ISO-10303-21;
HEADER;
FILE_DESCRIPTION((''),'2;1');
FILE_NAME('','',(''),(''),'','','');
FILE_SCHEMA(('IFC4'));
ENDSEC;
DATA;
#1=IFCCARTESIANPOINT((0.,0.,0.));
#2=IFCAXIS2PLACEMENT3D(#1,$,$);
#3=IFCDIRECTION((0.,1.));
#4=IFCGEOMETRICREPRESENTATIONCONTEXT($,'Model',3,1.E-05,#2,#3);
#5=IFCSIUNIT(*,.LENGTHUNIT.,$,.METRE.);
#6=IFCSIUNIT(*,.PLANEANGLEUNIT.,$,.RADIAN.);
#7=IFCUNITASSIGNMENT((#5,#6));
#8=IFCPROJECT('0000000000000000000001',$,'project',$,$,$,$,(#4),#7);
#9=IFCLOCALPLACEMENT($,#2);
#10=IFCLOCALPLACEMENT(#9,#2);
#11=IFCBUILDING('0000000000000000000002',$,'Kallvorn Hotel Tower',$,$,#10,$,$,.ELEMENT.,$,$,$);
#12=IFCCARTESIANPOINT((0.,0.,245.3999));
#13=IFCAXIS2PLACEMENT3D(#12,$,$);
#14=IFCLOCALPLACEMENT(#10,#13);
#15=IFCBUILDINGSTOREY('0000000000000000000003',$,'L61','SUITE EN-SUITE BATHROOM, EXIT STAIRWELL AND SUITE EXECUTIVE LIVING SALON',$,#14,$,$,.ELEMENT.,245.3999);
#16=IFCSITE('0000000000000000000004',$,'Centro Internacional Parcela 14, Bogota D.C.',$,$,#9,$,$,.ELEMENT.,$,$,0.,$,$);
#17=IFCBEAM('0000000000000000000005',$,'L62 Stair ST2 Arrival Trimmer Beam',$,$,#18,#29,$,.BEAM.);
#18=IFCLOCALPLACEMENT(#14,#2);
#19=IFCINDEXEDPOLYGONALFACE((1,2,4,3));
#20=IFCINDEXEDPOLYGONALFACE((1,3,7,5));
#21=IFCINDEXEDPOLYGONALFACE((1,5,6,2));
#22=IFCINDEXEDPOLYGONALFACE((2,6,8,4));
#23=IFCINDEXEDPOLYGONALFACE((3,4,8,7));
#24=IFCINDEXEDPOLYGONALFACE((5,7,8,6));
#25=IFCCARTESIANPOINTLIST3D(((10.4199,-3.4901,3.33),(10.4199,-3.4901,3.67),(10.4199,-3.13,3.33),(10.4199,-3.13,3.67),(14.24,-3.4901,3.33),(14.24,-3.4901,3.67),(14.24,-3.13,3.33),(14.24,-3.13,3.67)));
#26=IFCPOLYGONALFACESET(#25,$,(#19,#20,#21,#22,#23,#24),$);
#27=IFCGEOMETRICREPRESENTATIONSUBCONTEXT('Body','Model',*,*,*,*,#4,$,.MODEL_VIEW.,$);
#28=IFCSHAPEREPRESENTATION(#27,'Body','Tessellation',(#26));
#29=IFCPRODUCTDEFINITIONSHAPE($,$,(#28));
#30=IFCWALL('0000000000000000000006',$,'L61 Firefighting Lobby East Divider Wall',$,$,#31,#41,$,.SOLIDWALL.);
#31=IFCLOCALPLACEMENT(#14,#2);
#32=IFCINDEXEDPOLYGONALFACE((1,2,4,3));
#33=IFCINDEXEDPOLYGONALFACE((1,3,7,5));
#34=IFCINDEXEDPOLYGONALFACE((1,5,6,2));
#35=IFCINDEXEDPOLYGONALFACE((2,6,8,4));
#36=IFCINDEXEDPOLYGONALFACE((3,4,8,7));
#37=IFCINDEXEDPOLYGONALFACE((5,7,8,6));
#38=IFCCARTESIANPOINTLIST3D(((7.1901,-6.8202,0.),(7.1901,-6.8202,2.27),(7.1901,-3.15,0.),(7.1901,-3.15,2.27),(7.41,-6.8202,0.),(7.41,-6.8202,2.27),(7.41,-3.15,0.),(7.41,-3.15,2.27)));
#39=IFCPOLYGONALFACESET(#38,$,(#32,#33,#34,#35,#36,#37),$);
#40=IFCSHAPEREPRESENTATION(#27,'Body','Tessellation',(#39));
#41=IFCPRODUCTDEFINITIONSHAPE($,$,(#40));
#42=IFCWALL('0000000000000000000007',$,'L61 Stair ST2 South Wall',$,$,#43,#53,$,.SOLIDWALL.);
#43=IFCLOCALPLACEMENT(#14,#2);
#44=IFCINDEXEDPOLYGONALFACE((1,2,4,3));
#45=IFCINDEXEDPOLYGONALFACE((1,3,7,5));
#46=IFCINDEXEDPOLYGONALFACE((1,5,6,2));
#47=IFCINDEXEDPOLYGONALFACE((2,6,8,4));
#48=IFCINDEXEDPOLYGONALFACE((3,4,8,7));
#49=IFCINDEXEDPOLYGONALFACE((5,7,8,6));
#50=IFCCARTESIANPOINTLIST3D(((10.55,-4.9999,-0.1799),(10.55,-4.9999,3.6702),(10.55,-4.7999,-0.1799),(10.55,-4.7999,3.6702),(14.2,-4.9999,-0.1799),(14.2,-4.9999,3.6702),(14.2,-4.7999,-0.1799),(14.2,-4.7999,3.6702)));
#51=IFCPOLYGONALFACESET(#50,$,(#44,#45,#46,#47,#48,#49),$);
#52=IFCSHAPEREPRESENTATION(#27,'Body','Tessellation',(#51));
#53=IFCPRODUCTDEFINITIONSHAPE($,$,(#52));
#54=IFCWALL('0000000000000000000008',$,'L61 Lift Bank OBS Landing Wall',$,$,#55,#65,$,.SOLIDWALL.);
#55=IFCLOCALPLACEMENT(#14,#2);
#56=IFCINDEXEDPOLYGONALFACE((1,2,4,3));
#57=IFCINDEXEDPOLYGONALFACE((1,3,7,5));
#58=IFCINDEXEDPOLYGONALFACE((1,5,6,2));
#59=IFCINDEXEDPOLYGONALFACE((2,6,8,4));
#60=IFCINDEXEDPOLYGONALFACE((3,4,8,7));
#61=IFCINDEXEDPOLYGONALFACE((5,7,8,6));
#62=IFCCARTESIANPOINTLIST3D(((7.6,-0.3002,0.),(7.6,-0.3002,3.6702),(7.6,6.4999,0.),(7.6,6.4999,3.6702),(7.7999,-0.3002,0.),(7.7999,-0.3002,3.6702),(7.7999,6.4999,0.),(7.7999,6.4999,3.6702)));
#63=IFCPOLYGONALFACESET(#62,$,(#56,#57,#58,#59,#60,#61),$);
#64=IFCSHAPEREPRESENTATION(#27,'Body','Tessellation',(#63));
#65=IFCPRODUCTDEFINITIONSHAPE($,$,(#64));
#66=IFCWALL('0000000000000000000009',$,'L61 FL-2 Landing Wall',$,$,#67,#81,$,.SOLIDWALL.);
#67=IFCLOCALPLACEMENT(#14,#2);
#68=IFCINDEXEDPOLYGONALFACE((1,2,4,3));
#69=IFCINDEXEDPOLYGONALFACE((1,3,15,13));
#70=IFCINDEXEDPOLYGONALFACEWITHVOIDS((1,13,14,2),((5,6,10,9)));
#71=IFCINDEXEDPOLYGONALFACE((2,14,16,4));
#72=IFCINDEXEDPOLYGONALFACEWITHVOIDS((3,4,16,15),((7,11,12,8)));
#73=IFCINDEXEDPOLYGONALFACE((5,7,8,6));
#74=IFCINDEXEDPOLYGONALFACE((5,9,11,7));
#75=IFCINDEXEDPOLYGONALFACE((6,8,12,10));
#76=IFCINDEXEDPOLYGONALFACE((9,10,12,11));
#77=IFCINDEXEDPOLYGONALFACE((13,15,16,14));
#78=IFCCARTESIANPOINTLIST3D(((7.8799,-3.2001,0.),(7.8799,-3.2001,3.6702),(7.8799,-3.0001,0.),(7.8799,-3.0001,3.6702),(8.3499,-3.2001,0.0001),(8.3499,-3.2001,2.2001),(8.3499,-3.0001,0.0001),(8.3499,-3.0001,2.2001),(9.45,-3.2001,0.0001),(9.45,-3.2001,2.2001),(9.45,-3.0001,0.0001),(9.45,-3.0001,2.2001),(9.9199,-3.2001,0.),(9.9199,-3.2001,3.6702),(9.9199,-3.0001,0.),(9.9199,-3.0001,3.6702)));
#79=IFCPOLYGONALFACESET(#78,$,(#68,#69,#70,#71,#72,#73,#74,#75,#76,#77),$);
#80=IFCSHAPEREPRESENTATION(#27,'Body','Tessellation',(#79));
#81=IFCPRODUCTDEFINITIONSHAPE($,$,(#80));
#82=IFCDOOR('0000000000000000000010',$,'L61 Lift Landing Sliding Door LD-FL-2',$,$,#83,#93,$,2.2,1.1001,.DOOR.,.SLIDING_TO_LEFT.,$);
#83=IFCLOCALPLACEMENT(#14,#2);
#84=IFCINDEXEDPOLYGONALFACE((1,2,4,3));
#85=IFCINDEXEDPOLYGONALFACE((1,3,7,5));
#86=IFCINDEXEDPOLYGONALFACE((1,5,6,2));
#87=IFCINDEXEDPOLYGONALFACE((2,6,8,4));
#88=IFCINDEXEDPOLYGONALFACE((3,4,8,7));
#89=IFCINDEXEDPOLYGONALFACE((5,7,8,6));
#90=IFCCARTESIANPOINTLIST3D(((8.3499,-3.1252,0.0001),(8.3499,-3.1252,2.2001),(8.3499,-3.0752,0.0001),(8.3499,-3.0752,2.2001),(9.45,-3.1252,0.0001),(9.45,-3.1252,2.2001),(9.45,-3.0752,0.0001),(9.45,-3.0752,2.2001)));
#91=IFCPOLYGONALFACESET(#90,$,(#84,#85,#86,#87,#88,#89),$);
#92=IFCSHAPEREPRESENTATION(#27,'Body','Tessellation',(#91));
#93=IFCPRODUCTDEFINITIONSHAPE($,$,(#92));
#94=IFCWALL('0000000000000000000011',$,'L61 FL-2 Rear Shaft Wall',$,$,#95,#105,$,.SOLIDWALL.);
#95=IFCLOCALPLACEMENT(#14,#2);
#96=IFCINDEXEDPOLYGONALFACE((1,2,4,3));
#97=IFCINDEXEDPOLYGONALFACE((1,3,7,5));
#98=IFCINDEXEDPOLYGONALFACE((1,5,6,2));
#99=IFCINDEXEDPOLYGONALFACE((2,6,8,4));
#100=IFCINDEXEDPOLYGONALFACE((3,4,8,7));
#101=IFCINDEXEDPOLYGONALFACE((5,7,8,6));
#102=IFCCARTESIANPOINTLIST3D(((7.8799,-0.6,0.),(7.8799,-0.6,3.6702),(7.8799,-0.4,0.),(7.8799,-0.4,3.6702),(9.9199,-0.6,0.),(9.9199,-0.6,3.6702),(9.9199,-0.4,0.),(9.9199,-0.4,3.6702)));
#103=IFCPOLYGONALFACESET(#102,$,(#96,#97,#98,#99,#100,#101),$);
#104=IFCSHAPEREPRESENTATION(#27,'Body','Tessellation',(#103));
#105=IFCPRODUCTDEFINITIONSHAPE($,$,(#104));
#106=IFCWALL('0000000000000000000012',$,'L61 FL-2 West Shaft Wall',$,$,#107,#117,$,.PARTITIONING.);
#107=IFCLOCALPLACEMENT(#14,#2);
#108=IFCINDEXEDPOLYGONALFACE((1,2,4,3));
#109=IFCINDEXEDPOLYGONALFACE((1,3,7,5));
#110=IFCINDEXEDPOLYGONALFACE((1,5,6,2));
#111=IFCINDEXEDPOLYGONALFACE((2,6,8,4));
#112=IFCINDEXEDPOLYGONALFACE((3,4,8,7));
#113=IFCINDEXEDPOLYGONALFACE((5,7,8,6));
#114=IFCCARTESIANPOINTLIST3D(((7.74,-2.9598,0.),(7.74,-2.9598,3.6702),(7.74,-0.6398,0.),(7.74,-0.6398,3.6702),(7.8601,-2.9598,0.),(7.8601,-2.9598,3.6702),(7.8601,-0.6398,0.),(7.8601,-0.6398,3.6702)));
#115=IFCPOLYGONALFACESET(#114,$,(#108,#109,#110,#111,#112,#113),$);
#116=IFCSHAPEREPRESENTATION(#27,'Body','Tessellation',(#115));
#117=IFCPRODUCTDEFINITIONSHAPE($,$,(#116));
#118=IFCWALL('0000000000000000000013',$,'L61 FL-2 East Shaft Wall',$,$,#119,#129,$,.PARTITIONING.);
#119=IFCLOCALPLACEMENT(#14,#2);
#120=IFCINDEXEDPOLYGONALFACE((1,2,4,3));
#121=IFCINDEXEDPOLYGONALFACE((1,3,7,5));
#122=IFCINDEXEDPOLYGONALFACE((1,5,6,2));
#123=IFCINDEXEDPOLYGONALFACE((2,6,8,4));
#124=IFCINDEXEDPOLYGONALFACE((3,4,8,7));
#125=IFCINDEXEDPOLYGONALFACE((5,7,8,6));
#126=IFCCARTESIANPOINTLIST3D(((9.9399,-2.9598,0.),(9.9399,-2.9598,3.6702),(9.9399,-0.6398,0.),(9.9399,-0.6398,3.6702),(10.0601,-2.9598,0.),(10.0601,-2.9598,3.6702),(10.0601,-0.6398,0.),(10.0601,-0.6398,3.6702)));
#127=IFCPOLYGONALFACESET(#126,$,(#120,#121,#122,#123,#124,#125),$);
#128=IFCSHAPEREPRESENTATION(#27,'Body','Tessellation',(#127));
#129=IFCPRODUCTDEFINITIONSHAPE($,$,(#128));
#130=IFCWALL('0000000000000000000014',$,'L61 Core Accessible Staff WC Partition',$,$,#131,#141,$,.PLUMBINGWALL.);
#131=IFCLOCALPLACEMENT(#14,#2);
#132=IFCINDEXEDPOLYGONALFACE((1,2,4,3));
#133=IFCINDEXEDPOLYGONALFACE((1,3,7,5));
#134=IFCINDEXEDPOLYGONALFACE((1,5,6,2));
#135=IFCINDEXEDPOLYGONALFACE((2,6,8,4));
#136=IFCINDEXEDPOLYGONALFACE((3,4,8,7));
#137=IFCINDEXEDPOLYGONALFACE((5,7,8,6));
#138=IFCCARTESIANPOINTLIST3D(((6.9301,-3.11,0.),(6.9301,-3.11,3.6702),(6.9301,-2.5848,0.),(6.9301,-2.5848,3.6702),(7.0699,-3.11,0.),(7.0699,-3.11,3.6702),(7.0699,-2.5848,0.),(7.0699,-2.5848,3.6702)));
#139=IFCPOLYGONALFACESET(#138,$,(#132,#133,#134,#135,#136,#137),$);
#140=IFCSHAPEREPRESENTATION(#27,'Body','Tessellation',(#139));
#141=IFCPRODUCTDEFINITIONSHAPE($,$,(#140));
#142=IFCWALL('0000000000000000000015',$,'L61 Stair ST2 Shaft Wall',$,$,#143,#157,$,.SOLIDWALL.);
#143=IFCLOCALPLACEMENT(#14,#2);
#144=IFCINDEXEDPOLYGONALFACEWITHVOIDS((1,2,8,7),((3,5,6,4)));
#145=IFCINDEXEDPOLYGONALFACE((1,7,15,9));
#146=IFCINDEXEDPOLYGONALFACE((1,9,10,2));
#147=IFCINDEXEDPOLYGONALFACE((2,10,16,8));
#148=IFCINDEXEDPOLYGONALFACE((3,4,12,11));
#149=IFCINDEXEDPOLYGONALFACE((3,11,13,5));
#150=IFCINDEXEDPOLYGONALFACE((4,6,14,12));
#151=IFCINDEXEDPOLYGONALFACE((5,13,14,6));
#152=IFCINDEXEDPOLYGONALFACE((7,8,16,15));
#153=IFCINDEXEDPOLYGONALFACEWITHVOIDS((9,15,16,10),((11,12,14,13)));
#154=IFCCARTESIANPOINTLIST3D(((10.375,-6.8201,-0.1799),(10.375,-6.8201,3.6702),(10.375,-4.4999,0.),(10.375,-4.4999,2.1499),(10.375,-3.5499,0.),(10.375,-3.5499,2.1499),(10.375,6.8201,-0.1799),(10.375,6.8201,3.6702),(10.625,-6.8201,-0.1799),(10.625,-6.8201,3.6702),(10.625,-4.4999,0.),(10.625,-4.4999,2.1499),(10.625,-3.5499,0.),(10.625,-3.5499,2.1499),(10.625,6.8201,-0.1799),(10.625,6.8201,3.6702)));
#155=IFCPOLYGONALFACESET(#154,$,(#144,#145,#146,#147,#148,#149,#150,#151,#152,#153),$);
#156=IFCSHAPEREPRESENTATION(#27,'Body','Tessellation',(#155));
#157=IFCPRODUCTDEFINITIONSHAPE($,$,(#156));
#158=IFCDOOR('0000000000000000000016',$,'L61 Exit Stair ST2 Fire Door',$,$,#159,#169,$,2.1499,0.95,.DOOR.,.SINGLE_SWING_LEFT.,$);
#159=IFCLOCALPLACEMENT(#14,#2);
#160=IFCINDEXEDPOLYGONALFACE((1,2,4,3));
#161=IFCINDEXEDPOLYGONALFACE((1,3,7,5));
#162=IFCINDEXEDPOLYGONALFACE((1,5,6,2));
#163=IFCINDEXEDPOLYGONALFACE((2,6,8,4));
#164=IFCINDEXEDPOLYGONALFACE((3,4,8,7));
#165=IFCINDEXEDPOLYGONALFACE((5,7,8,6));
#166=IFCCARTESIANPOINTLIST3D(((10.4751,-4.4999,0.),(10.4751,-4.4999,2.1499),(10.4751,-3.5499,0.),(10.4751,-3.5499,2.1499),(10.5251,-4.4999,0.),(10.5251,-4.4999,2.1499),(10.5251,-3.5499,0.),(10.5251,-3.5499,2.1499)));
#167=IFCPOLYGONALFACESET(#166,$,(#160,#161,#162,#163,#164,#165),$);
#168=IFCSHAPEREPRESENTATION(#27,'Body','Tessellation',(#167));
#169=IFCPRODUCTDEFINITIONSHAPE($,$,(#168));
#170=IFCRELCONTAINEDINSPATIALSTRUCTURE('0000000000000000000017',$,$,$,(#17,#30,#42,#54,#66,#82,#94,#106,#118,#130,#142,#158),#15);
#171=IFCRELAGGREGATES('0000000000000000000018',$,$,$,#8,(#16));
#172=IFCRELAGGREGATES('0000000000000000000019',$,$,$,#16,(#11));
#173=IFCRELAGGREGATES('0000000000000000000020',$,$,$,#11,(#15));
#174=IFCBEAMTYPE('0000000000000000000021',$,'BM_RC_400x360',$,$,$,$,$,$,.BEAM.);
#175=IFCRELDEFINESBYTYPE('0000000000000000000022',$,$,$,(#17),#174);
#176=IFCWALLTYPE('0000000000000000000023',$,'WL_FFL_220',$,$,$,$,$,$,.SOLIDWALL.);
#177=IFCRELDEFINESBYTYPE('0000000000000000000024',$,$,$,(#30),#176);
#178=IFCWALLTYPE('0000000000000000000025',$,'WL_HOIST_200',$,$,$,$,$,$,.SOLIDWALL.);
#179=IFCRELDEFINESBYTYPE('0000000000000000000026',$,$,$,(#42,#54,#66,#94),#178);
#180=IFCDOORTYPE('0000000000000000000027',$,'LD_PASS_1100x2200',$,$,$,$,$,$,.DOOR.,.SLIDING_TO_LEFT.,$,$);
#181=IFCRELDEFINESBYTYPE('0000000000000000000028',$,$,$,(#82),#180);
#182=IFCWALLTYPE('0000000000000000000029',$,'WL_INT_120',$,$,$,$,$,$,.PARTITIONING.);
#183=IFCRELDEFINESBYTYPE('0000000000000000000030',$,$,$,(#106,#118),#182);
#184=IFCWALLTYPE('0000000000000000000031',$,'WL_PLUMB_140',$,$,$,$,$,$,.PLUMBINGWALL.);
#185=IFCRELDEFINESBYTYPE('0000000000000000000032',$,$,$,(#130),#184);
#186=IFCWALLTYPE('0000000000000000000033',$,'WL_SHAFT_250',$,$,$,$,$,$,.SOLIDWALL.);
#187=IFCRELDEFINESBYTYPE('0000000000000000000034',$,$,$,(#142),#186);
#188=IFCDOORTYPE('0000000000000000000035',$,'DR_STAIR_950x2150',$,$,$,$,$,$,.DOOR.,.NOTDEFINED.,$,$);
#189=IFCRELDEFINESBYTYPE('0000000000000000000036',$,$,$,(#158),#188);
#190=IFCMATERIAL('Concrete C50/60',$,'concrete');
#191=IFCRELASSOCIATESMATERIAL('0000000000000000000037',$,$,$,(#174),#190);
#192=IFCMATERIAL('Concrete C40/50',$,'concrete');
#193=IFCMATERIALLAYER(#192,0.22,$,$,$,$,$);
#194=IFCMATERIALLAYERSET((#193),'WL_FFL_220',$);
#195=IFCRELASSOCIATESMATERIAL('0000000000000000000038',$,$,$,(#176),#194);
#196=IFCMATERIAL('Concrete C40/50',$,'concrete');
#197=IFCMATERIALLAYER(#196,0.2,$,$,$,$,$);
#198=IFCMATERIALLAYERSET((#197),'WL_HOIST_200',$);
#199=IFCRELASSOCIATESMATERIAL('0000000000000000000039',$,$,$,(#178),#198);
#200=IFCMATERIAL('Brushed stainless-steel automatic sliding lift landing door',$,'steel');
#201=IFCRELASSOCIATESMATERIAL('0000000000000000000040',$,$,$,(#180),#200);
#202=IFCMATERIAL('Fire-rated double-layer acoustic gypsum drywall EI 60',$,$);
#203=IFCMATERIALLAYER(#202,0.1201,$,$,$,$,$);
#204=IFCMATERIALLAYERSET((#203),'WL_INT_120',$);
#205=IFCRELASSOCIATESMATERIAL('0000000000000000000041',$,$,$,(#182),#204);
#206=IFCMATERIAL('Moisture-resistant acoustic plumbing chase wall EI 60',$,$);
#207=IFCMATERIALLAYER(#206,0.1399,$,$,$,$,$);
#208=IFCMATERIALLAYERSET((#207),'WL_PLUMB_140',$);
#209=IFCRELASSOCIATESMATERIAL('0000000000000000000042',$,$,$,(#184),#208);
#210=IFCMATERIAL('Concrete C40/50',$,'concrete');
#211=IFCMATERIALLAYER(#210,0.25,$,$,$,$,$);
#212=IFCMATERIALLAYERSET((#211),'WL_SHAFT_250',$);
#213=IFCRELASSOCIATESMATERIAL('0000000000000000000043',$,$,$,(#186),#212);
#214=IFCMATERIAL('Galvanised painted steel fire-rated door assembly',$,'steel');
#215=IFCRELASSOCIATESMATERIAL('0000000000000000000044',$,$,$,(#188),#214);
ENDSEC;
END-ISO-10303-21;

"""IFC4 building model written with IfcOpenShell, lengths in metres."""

from ifc_helpers import new_model, si_unit, direction, frame, frame_2d, origin, origin_2d, place, context, subcontext, project, spatial, rectangle, extrude, material, layer, layer_set, material_profile, profile_set, type_object, element, fill, save


model = new_model("IFC4")

# Units and contexts
model_context = context("Model", 3, precision=1e-05, world=origin(), true_north=direction((0.0, 1.0)))
body_context = subcontext(model_context, "Body", "Model", "MODEL_VIEW")
ifc_project = project(units=[si_unit("LENGTHUNIT", "METRE"), si_unit("PLANEANGLEUNIT", "RADIAN")], contexts=[model_context])

# Site, building, storey
site_placement = place(None, origin())
site = spatial("IfcSite", under=ifc_project, at=site_placement, Name="Centro Internacional Parcela 14, Bogota D.C.", CompositionType="ELEMENT", RefElevation=0.0)
building_placement = place(site_placement, origin())
building = spatial("IfcBuilding", under=site, at=building_placement, Name="Kallvorn Hotel Tower", CompositionType="ELEMENT")
storey_placement = place(building_placement, frame((0.0, 0.0, 245.3999)))
storey = spatial("IfcBuildingStorey", under=building, at=storey_placement, Name="L61", Description="SUITE EN-SUITE BATHROOM, EXIT STAIRWELL AND SUITE EXECUTIVE LIVING SALON", CompositionType="ELEMENT", Elevation=245.3999)

# Beam
ifc_material_1 = material(Name="Concrete C50/60", Category="concrete")
ifc_material_profile = material_profile(ifc_material_1, rectangle(XDim=0.3601, YDim=0.3401, at=origin_2d()), Name="RC 360x340")
ifc_profile_set = profile_set([ifc_material_profile], Name="Concrete C50/60")
beam_type = type_object("IfcBeamType", Name="BM_RC_400x360", PredefinedType="BEAM", material=ifc_profile_set)
beam_placement = place(storey_placement, frame((14.24, -3.3101, 3.5), z_axis=(-1.0, 0.0, 0.0), x_axis=(0.0, -1.0, 0.0)))
element("IfcBeam", 1, at=beam_placement, inside=storey, type_object=beam_type, Name="L62 Stair ST2 Arrival Trimmer Beam", PredefinedType="BEAM", context=body_context, shape_type="SweptSolid", body=[
    extrude(rectangle(XDim=0.3601, YDim=0.3401, at=origin_2d()), origin(), (0.0, 0.0, 1.0), 3.8201),
])

# Walls
ifc_material_2 = material(Name="Concrete C40/50", Category="concrete")
ifc_layer_1 = layer(ifc_material_2, 0.22)
ifc_layer_set_1 = layer_set([ifc_layer_1], Name="WL_FFL_220")
wall_type_1 = type_object("IfcWallType", Name="WL_FFL_220", PredefinedType="SOLIDWALL", material=ifc_layer_set_1)
wall_1_placement = place(storey_placement, frame((7.3, -6.8201, 0.0), z_axis=(0.0, 0.0, 1.0), x_axis=(0.0, 1.0, 0.0)))
element("IfcWall", 2, at=wall_1_placement, inside=storey, type_object=wall_type_1, Name="L61 Firefighting Lobby East Divider Wall", PredefinedType="SOLIDWALL", context=body_context, shape_type="SweptSolid", body=[
    extrude(rectangle(XDim=3.6702, YDim=0.22, at=frame_2d((1.835, 0.0))), origin(), (0.0, 0.0, 1.0), 2.27),
])
ifc_material_3 = material(Name="Concrete C40/50", Category="concrete")
ifc_layer_2 = layer(ifc_material_3, 0.2)
ifc_layer_set_2 = layer_set([ifc_layer_2], Name="WL_HOIST_200")
wall_type_2 = type_object("IfcWallType", Name="WL_HOIST_200", PredefinedType="SOLIDWALL", material=ifc_layer_set_2)
wall_2_placement = place(storey_placement, frame((10.55, -4.8999, -0.1799), z_axis=(0.0, 0.0, 1.0), x_axis=(1.0, 0.0, 0.0)))
element("IfcWall", 3, at=wall_2_placement, inside=storey, type_object=wall_type_2, Name="L61 Stair ST2 South Wall", PredefinedType="SOLIDWALL", context=body_context, shape_type="SweptSolid", body=[
    extrude(rectangle(XDim=3.6499, YDim=0.2, at=frame_2d((1.825, 0.0))), origin(), (0.0, 0.0, 1.0), 3.8501),
])
wall_3_placement = place(storey_placement, frame((7.7, -0.3, 0.0), z_axis=(0.0, 0.0, 1.0), x_axis=(0.0, 1.0, 0.0)))
element("IfcWall", 4, at=wall_3_placement, inside=storey, type_object=wall_type_2, Name="L61 Lift Bank OBS Landing Wall", PredefinedType="SOLIDWALL", context=body_context, shape_type="SweptSolid", body=[
    extrude(rectangle(XDim=6.8, YDim=0.2, at=frame_2d((3.3999, 0.0))), origin(), (0.0, 0.0, 1.0), 3.6702),
])

# Wall, opening, door
wall_4_placement = place(storey_placement, frame((7.8799, -3.1001, 0.0), z_axis=(0.0, 0.0, 1.0), x_axis=(1.0, 0.0, 0.0)))
wall_4 = element("IfcWall", 5, at=wall_4_placement, inside=storey, type_object=wall_type_2, Name="L61 FL-2 Landing Wall", PredefinedType="SOLIDWALL", context=body_context, shape_type="SweptSolid", body=[
    extrude(rectangle(XDim=2.04, YDim=0.2, at=frame_2d((1.02, 0.0))), origin(), (0.0, 0.0, 1.0), 3.6702),
])
opening_1_placement = place(wall_4_placement, frame((0.47, 0.0, 0.0)))
opening_1 = element("IfcOpeningElement", 6, at=opening_1_placement, cuts=wall_4, PredefinedType="OPENING", context=body_context, shape_type="SweptSolid", body=[
    extrude(rectangle(XDim=1.1001, YDim=2.2, at=frame_2d((0.55, 1.1001))), frame((0.0, 0.115, 0.0), z_axis=(0.0, -1.0, 0.0), x_axis=(1.0, 0.0, 0.0)), (0.0, 0.0, 1.0), 0.23),
])
ifc_material_4 = material(Name="Brushed stainless-steel automatic sliding lift landing door", Category="steel")
door_type_1 = type_object("IfcDoorType", Name="LD_PASS_1100x2200", OperationType="SLIDING_TO_LEFT", PredefinedType="DOOR", material=ifc_material_4)
door_1_placement = place(opening_1_placement, origin())
door_1 = element("IfcDoor", 7, at=door_1_placement, inside=storey, type_object=door_type_1, Name="L61 Lift Landing Sliding Door LD-FL-2", OperationType="SLIDING_TO_LEFT", OverallHeight=2.2, OverallWidth=1.1001, PredefinedType="DOOR", context=body_context, shape_type="SweptSolid", body=[
    extrude(rectangle(XDim=1.1001, YDim=2.2, at=frame_2d((0.55, 1.1001))), frame((0.0, 0.0249, 0.0), z_axis=(0.0, -1.0, 0.0), x_axis=(1.0, 0.0, 0.0)), (0.0, 0.0, 1.0), 0.05),
])
fill(opening_1, door_1)

# Walls
wall_5_placement = place(storey_placement, frame((7.8799, -0.5, 0.0), z_axis=(0.0, 0.0, 1.0), x_axis=(1.0, 0.0, 0.0)))
element("IfcWall", 8, at=wall_5_placement, inside=storey, type_object=wall_type_2, Name="L61 FL-2 Rear Shaft Wall", PredefinedType="SOLIDWALL", context=body_context, shape_type="SweptSolid", body=[
    extrude(rectangle(XDim=2.04, YDim=0.2, at=frame_2d((1.02, 0.0))), origin(), (0.0, 0.0, 1.0), 3.6702),
])
ifc_material_5 = material(Name="Fire-rated double-layer acoustic gypsum drywall EI 60")
ifc_layer_3 = layer(ifc_material_5, 0.1201)
ifc_layer_set_3 = layer_set([ifc_layer_3], Name="WL_INT_120")
wall_type_3 = type_object("IfcWallType", Name="WL_INT_120", PredefinedType="PARTITIONING", material=ifc_layer_set_3)
for number, where, z_axis, x_axis, name in (
    (9, (7.8, -2.96, 0.0), (0.0, 0.0, 1.0), (0.0, 1.0, 0.0), "L61 FL-2 West Shaft Wall"),
    (10, (10.0, -2.96, 0.0), (0.0, 0.0, 1.0), (0.0, 1.0, 0.0), "L61 FL-2 East Shaft Wall"),
):
    element("IfcWall", number, at=place(storey_placement, frame(where, z_axis=z_axis, x_axis=x_axis)), inside=storey, type_object=wall_type_3, Name=name, PredefinedType="PARTITIONING", context=body_context, shape_type="SweptSolid", body=[
        extrude(rectangle(XDim=2.3201, YDim=0.1201, at=frame_2d((1.1602, 0.0))), origin(), (0.0, 0.0, 1.0), 3.6702),
    ])
ifc_material_6 = material(Name="Moisture-resistant acoustic plumbing chase wall EI 60")
ifc_layer_4 = layer(ifc_material_6, 0.1399)
ifc_layer_set_4 = layer_set([ifc_layer_4], Name="WL_PLUMB_140")
wall_type_4 = type_object("IfcWallType", Name="WL_PLUMB_140", PredefinedType="PLUMBINGWALL", material=ifc_layer_set_4)
wall_6_placement = place(storey_placement, frame((7.0, -3.1101, 0.0), z_axis=(0.0, 0.0, 1.0), x_axis=(0.0, 1.0, 0.0)))
element("IfcWall", 11, at=wall_6_placement, inside=storey, type_object=wall_type_4, Name="L61 Core Accessible Staff WC Partition", PredefinedType="PLUMBINGWALL", context=body_context, shape_type="SweptSolid", body=[
    extrude(rectangle(XDim=0.5251, YDim=0.1399, at=frame_2d((0.2627, 0.0))), origin(), (0.0, 0.0, 1.0), 3.6702),
])

# Wall, opening, door
ifc_material_7 = material(Name="Concrete C40/50", Category="concrete")
ifc_layer_5 = layer(ifc_material_7, 0.25)
ifc_layer_set_5 = layer_set([ifc_layer_5], Name="WL_SHAFT_250")
wall_type_5 = type_object("IfcWallType", Name="WL_SHAFT_250", PredefinedType="SOLIDWALL", material=ifc_layer_set_5)
wall_7_placement = place(storey_placement, frame((10.5, -6.8201, -0.1799), z_axis=(0.0, 0.0, 1.0), x_axis=(0.0, 1.0, 0.0)))
wall_7 = element("IfcWall", 12, at=wall_7_placement, inside=storey, type_object=wall_type_5, Name="L61 Stair ST2 Shaft Wall", PredefinedType="SOLIDWALL", context=body_context, shape_type="SweptSolid", body=[
    extrude(rectangle(XDim=13.6401, YDim=0.25, at=frame_2d((6.8201, 0.0))), origin(), (0.0, 0.0, 1.0), 3.8501),
])
opening_2_placement = place(wall_7_placement, frame((2.3201, 0.0, 0.1799)))
opening_2 = element("IfcOpeningElement", 13, at=opening_2_placement, cuts=wall_7, PredefinedType="OPENING", context=body_context, shape_type="SweptSolid", body=[
    extrude(rectangle(XDim=0.95, YDim=2.1499, at=frame_2d((0.4751, 1.075))), frame((0.0, 0.1399, 0.0), z_axis=(0.0, -1.0, 0.0), x_axis=(1.0, 0.0, 0.0)), (0.0, 0.0, 1.0), 0.28),
])
ifc_material_8 = material(Name="Galvanised painted steel fire-rated door assembly", Category="steel")
door_type_2 = type_object("IfcDoorType", Name="DR_STAIR_950x2150", OperationType="NOTDEFINED", PredefinedType="DOOR", material=ifc_material_8)
door_2_placement = place(opening_2_placement, origin())
door_2 = element("IfcDoor", 14, at=door_2_placement, inside=storey, type_object=door_type_2, Name="L61 Exit Stair ST2 Fire Door", OperationType="SINGLE_SWING_LEFT", OverallHeight=2.1499, OverallWidth=0.95, PredefinedType="DOOR", context=body_context, shape_type="SweptSolid", body=[
    extrude(rectangle(XDim=0.95, YDim=2.1499, at=frame_2d((0.4751, 1.075))), frame((0.0, 0.0249, 0.0), z_axis=(0.0, -1.0, 0.0), x_axis=(1.0, 0.0, 0.0)), (0.0, 0.0, 1.0), 0.05),
])
fill(opening_2, door_2)

save(model, "model.ifc")
